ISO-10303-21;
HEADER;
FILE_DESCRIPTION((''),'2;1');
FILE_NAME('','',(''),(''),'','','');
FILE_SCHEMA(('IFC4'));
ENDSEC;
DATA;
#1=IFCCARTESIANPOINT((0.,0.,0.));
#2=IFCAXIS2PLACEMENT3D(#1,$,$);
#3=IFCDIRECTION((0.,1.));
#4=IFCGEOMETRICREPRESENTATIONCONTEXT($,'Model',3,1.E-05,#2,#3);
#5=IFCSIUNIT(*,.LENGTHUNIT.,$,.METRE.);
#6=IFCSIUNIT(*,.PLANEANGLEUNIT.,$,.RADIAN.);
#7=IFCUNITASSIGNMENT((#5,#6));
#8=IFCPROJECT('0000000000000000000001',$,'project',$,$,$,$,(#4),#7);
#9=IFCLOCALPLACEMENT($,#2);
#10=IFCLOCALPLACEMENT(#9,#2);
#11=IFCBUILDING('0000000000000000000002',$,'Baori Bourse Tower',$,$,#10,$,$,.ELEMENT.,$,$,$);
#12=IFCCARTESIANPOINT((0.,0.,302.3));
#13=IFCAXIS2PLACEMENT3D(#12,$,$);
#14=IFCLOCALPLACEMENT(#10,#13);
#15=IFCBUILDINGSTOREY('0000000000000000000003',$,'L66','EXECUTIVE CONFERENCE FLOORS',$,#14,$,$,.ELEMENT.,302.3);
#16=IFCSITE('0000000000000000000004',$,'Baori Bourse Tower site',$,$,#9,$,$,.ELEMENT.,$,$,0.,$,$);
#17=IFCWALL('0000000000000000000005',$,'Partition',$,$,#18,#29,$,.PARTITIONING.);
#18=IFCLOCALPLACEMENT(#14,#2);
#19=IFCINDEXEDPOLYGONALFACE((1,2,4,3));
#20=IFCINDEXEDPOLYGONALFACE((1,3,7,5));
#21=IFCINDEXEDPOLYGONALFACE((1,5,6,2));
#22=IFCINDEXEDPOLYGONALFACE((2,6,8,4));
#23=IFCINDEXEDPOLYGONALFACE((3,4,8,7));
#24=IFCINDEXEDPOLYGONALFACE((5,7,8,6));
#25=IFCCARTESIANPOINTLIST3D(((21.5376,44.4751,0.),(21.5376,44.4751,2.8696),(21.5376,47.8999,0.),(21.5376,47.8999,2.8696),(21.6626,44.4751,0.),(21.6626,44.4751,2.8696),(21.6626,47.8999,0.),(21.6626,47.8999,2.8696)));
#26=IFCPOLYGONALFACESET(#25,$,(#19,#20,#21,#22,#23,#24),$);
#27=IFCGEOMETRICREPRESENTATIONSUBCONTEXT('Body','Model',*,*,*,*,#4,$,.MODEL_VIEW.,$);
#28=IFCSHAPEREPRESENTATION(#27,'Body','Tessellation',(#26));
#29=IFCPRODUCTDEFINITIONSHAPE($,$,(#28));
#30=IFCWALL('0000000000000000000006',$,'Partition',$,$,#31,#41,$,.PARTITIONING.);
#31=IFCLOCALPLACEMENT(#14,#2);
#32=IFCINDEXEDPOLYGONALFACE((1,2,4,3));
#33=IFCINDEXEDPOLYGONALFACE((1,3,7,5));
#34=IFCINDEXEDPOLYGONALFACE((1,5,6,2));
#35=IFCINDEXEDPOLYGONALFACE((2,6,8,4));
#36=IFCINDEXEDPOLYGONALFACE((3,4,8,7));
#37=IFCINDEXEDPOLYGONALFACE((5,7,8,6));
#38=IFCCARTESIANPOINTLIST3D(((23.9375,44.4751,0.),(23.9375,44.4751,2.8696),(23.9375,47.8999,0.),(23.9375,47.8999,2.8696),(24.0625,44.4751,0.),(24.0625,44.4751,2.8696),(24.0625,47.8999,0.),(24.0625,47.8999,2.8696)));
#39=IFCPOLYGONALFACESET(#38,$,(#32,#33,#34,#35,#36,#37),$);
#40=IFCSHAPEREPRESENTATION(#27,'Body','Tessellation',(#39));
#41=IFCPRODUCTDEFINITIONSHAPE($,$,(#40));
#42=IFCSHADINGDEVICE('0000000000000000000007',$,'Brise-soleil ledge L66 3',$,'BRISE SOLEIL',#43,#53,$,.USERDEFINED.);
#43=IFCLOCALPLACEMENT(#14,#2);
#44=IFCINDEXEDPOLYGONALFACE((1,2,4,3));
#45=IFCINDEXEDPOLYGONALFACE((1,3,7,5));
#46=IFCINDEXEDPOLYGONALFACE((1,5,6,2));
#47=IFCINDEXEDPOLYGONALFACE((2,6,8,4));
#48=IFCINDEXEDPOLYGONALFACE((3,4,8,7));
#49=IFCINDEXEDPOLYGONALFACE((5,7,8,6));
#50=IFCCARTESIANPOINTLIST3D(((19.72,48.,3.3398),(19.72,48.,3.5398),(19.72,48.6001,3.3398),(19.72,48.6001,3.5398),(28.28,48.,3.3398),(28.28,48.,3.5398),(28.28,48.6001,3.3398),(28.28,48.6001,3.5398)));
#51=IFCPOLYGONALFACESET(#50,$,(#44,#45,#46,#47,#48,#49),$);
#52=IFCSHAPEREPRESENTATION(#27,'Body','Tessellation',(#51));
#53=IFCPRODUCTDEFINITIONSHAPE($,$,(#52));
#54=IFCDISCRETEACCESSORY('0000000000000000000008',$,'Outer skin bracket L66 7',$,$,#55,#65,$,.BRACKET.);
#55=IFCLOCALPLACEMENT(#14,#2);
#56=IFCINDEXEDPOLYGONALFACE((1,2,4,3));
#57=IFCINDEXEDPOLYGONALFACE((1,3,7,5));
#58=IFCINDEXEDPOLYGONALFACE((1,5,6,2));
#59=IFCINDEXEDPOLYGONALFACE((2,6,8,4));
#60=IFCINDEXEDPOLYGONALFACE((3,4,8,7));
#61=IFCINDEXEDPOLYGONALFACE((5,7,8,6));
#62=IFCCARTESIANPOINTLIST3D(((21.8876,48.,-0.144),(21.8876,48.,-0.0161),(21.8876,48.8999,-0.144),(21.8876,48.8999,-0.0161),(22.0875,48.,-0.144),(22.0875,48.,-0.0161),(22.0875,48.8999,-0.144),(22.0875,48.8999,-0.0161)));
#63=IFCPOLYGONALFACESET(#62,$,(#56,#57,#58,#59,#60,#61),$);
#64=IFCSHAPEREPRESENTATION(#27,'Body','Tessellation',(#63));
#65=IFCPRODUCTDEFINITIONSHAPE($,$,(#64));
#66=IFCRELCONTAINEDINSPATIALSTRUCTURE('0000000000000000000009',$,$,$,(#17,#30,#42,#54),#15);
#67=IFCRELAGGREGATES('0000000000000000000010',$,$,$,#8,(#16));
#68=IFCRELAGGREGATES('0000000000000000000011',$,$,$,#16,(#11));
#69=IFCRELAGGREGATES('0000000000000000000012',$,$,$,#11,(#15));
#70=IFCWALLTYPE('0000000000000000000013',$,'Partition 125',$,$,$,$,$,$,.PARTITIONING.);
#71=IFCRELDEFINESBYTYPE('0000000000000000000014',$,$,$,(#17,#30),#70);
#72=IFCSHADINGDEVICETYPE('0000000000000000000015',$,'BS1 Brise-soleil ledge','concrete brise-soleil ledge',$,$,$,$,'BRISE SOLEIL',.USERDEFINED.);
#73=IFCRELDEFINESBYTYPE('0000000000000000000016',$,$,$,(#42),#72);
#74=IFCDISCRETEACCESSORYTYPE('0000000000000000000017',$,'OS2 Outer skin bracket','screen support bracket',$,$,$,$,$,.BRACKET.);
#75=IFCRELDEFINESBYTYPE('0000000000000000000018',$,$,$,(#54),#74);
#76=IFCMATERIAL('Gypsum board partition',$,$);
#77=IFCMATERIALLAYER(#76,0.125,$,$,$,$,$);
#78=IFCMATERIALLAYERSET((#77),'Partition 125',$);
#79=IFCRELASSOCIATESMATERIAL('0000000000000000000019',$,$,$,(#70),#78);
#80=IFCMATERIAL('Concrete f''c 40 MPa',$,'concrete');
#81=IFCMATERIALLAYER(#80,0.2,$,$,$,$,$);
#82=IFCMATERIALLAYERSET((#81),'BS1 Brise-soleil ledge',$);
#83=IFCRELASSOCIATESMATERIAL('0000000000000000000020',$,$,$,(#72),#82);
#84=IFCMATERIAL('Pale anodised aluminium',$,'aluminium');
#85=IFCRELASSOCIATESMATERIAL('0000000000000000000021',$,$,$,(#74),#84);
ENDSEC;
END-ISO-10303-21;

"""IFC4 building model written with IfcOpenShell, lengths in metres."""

from ifc_helpers import new_model, si_unit, direction, frame, frame_2d, origin, origin_2d, place, context, subcontext, project, spatial, rectangle, extrude, material, layer, layer_set, type_object, element, save


model = new_model("IFC4")

# Units and contexts
model_context = context("Model", 3, precision=1e-05, world=origin(), true_north=direction((0.0, 1.0)))
body_context = subcontext(model_context, "Body", "Model", "MODEL_VIEW")
ifc_project = project(units=[si_unit("LENGTHUNIT", "METRE"), si_unit("PLANEANGLEUNIT", "RADIAN")], contexts=[model_context])

# Site, building, storey
site_placement = place(None, origin())
site = spatial("IfcSite", under=ifc_project, at=site_placement, Name="Baori Bourse Tower site", CompositionType="ELEMENT", RefElevation=0.0)
building_placement = place(site_placement, origin())
building = spatial("IfcBuilding", under=site, at=building_placement, Name="Baori Bourse Tower", CompositionType="ELEMENT")
storey_placement = place(building_placement, frame((0.0, 0.0, 302.3)))
storey = spatial("IfcBuildingStorey", under=building, at=storey_placement, Name="L66", Description="EXECUTIVE CONFERENCE FLOORS", CompositionType="ELEMENT", Elevation=302.3)

# Walls
ifc_material_1 = material(Name="Gypsum board partition")
ifc_layer_1 = layer(ifc_material_1, 0.125)
ifc_layer_set_1 = layer_set([ifc_layer_1], Name="Partition 125")
wall_type_1 = type_object("IfcWallType", Name="Partition 125", PredefinedType="PARTITIONING", material=ifc_layer_set_1)
for number, where, z_axis, x_axis, name in (
    (1, (21.6001, 44.4751, 0.0), (0.0, 0.0, 1.0), (0.0, 1.0, 0.0), "Partition"),
    (2, (24.0, 44.4751, 0.0), (0.0, 0.0, 1.0), (0.0, 1.0, 0.0), "Partition"),
):
    element("IfcWall", number, at=place(storey_placement, frame(where, z_axis=z_axis, x_axis=x_axis)), inside=storey, type_object=wall_type_1, Name=name, PredefinedType="PARTITIONING", context=body_context, shape_type="SweptSolid", body=[
        extrude(rectangle(XDim=3.4248, YDim=0.125, at=frame_2d((1.7124, 0.0))), origin(), (0.0, 0.0, 1.0), 2.8696),
    ])

# Shading device
ifc_material_2 = material(Name="Concrete f'c 40 MPa", Category="concrete")
ifc_layer_2 = layer(ifc_material_2, 0.2)
ifc_layer_set_2 = layer_set([ifc_layer_2], Name="BS1 Brise-soleil ledge")
shading_device_type = type_object("IfcShadingDeviceType", Name="BS1 Brise-soleil ledge", Description="concrete brise-soleil ledge", ElementType="BRISE SOLEIL", PredefinedType="USERDEFINED", material=ifc_layer_set_2)
shading_device_placement = place(storey_placement, frame((24.0, 48.3, 3.3398), z_axis=(0.0, 0.0, 1.0), x_axis=(-1.0, 0.0, 0.0)))
element("IfcShadingDevice", 3, at=shading_device_placement, inside=storey, type_object=shading_device_type, Name="Brise-soleil ledge L66 3", ObjectType="BRISE SOLEIL", PredefinedType="USERDEFINED", context=body_context, shape_type="SweptSolid", body=[
    extrude(rectangle(XDim=8.5601, YDim=0.6001, at=origin_2d()), origin(), (0.0, 0.0, 1.0), 0.2),
])

# Discrete accessory
ifc_material_3 = material(Name="Pale anodised aluminium", Category="aluminium")
discrete_accessory_type = type_object("IfcDiscreteAccessoryType", Name="OS2 Outer skin bracket", Description="screen support bracket", PredefinedType="BRACKET", material=ifc_material_3)
discrete_accessory_placement = place(storey_placement, frame((21.9875, 48.45, -0.144), z_axis=(0.0, 0.0, 1.0), x_axis=(-1.0, 0.0, 0.0)))
element("IfcDiscreteAccessory", 4, at=discrete_accessory_placement, inside=storey, type_object=discrete_accessory_type, Name="Outer skin bracket L66 7", PredefinedType="BRACKET", context=body_context, shape_type="SweptSolid", body=[
    extrude(rectangle(XDim=0.2, YDim=0.8999, at=origin_2d()), origin(), (0.0, 0.0, 1.0), 0.1279),
])

save(model, "model.ifc")
